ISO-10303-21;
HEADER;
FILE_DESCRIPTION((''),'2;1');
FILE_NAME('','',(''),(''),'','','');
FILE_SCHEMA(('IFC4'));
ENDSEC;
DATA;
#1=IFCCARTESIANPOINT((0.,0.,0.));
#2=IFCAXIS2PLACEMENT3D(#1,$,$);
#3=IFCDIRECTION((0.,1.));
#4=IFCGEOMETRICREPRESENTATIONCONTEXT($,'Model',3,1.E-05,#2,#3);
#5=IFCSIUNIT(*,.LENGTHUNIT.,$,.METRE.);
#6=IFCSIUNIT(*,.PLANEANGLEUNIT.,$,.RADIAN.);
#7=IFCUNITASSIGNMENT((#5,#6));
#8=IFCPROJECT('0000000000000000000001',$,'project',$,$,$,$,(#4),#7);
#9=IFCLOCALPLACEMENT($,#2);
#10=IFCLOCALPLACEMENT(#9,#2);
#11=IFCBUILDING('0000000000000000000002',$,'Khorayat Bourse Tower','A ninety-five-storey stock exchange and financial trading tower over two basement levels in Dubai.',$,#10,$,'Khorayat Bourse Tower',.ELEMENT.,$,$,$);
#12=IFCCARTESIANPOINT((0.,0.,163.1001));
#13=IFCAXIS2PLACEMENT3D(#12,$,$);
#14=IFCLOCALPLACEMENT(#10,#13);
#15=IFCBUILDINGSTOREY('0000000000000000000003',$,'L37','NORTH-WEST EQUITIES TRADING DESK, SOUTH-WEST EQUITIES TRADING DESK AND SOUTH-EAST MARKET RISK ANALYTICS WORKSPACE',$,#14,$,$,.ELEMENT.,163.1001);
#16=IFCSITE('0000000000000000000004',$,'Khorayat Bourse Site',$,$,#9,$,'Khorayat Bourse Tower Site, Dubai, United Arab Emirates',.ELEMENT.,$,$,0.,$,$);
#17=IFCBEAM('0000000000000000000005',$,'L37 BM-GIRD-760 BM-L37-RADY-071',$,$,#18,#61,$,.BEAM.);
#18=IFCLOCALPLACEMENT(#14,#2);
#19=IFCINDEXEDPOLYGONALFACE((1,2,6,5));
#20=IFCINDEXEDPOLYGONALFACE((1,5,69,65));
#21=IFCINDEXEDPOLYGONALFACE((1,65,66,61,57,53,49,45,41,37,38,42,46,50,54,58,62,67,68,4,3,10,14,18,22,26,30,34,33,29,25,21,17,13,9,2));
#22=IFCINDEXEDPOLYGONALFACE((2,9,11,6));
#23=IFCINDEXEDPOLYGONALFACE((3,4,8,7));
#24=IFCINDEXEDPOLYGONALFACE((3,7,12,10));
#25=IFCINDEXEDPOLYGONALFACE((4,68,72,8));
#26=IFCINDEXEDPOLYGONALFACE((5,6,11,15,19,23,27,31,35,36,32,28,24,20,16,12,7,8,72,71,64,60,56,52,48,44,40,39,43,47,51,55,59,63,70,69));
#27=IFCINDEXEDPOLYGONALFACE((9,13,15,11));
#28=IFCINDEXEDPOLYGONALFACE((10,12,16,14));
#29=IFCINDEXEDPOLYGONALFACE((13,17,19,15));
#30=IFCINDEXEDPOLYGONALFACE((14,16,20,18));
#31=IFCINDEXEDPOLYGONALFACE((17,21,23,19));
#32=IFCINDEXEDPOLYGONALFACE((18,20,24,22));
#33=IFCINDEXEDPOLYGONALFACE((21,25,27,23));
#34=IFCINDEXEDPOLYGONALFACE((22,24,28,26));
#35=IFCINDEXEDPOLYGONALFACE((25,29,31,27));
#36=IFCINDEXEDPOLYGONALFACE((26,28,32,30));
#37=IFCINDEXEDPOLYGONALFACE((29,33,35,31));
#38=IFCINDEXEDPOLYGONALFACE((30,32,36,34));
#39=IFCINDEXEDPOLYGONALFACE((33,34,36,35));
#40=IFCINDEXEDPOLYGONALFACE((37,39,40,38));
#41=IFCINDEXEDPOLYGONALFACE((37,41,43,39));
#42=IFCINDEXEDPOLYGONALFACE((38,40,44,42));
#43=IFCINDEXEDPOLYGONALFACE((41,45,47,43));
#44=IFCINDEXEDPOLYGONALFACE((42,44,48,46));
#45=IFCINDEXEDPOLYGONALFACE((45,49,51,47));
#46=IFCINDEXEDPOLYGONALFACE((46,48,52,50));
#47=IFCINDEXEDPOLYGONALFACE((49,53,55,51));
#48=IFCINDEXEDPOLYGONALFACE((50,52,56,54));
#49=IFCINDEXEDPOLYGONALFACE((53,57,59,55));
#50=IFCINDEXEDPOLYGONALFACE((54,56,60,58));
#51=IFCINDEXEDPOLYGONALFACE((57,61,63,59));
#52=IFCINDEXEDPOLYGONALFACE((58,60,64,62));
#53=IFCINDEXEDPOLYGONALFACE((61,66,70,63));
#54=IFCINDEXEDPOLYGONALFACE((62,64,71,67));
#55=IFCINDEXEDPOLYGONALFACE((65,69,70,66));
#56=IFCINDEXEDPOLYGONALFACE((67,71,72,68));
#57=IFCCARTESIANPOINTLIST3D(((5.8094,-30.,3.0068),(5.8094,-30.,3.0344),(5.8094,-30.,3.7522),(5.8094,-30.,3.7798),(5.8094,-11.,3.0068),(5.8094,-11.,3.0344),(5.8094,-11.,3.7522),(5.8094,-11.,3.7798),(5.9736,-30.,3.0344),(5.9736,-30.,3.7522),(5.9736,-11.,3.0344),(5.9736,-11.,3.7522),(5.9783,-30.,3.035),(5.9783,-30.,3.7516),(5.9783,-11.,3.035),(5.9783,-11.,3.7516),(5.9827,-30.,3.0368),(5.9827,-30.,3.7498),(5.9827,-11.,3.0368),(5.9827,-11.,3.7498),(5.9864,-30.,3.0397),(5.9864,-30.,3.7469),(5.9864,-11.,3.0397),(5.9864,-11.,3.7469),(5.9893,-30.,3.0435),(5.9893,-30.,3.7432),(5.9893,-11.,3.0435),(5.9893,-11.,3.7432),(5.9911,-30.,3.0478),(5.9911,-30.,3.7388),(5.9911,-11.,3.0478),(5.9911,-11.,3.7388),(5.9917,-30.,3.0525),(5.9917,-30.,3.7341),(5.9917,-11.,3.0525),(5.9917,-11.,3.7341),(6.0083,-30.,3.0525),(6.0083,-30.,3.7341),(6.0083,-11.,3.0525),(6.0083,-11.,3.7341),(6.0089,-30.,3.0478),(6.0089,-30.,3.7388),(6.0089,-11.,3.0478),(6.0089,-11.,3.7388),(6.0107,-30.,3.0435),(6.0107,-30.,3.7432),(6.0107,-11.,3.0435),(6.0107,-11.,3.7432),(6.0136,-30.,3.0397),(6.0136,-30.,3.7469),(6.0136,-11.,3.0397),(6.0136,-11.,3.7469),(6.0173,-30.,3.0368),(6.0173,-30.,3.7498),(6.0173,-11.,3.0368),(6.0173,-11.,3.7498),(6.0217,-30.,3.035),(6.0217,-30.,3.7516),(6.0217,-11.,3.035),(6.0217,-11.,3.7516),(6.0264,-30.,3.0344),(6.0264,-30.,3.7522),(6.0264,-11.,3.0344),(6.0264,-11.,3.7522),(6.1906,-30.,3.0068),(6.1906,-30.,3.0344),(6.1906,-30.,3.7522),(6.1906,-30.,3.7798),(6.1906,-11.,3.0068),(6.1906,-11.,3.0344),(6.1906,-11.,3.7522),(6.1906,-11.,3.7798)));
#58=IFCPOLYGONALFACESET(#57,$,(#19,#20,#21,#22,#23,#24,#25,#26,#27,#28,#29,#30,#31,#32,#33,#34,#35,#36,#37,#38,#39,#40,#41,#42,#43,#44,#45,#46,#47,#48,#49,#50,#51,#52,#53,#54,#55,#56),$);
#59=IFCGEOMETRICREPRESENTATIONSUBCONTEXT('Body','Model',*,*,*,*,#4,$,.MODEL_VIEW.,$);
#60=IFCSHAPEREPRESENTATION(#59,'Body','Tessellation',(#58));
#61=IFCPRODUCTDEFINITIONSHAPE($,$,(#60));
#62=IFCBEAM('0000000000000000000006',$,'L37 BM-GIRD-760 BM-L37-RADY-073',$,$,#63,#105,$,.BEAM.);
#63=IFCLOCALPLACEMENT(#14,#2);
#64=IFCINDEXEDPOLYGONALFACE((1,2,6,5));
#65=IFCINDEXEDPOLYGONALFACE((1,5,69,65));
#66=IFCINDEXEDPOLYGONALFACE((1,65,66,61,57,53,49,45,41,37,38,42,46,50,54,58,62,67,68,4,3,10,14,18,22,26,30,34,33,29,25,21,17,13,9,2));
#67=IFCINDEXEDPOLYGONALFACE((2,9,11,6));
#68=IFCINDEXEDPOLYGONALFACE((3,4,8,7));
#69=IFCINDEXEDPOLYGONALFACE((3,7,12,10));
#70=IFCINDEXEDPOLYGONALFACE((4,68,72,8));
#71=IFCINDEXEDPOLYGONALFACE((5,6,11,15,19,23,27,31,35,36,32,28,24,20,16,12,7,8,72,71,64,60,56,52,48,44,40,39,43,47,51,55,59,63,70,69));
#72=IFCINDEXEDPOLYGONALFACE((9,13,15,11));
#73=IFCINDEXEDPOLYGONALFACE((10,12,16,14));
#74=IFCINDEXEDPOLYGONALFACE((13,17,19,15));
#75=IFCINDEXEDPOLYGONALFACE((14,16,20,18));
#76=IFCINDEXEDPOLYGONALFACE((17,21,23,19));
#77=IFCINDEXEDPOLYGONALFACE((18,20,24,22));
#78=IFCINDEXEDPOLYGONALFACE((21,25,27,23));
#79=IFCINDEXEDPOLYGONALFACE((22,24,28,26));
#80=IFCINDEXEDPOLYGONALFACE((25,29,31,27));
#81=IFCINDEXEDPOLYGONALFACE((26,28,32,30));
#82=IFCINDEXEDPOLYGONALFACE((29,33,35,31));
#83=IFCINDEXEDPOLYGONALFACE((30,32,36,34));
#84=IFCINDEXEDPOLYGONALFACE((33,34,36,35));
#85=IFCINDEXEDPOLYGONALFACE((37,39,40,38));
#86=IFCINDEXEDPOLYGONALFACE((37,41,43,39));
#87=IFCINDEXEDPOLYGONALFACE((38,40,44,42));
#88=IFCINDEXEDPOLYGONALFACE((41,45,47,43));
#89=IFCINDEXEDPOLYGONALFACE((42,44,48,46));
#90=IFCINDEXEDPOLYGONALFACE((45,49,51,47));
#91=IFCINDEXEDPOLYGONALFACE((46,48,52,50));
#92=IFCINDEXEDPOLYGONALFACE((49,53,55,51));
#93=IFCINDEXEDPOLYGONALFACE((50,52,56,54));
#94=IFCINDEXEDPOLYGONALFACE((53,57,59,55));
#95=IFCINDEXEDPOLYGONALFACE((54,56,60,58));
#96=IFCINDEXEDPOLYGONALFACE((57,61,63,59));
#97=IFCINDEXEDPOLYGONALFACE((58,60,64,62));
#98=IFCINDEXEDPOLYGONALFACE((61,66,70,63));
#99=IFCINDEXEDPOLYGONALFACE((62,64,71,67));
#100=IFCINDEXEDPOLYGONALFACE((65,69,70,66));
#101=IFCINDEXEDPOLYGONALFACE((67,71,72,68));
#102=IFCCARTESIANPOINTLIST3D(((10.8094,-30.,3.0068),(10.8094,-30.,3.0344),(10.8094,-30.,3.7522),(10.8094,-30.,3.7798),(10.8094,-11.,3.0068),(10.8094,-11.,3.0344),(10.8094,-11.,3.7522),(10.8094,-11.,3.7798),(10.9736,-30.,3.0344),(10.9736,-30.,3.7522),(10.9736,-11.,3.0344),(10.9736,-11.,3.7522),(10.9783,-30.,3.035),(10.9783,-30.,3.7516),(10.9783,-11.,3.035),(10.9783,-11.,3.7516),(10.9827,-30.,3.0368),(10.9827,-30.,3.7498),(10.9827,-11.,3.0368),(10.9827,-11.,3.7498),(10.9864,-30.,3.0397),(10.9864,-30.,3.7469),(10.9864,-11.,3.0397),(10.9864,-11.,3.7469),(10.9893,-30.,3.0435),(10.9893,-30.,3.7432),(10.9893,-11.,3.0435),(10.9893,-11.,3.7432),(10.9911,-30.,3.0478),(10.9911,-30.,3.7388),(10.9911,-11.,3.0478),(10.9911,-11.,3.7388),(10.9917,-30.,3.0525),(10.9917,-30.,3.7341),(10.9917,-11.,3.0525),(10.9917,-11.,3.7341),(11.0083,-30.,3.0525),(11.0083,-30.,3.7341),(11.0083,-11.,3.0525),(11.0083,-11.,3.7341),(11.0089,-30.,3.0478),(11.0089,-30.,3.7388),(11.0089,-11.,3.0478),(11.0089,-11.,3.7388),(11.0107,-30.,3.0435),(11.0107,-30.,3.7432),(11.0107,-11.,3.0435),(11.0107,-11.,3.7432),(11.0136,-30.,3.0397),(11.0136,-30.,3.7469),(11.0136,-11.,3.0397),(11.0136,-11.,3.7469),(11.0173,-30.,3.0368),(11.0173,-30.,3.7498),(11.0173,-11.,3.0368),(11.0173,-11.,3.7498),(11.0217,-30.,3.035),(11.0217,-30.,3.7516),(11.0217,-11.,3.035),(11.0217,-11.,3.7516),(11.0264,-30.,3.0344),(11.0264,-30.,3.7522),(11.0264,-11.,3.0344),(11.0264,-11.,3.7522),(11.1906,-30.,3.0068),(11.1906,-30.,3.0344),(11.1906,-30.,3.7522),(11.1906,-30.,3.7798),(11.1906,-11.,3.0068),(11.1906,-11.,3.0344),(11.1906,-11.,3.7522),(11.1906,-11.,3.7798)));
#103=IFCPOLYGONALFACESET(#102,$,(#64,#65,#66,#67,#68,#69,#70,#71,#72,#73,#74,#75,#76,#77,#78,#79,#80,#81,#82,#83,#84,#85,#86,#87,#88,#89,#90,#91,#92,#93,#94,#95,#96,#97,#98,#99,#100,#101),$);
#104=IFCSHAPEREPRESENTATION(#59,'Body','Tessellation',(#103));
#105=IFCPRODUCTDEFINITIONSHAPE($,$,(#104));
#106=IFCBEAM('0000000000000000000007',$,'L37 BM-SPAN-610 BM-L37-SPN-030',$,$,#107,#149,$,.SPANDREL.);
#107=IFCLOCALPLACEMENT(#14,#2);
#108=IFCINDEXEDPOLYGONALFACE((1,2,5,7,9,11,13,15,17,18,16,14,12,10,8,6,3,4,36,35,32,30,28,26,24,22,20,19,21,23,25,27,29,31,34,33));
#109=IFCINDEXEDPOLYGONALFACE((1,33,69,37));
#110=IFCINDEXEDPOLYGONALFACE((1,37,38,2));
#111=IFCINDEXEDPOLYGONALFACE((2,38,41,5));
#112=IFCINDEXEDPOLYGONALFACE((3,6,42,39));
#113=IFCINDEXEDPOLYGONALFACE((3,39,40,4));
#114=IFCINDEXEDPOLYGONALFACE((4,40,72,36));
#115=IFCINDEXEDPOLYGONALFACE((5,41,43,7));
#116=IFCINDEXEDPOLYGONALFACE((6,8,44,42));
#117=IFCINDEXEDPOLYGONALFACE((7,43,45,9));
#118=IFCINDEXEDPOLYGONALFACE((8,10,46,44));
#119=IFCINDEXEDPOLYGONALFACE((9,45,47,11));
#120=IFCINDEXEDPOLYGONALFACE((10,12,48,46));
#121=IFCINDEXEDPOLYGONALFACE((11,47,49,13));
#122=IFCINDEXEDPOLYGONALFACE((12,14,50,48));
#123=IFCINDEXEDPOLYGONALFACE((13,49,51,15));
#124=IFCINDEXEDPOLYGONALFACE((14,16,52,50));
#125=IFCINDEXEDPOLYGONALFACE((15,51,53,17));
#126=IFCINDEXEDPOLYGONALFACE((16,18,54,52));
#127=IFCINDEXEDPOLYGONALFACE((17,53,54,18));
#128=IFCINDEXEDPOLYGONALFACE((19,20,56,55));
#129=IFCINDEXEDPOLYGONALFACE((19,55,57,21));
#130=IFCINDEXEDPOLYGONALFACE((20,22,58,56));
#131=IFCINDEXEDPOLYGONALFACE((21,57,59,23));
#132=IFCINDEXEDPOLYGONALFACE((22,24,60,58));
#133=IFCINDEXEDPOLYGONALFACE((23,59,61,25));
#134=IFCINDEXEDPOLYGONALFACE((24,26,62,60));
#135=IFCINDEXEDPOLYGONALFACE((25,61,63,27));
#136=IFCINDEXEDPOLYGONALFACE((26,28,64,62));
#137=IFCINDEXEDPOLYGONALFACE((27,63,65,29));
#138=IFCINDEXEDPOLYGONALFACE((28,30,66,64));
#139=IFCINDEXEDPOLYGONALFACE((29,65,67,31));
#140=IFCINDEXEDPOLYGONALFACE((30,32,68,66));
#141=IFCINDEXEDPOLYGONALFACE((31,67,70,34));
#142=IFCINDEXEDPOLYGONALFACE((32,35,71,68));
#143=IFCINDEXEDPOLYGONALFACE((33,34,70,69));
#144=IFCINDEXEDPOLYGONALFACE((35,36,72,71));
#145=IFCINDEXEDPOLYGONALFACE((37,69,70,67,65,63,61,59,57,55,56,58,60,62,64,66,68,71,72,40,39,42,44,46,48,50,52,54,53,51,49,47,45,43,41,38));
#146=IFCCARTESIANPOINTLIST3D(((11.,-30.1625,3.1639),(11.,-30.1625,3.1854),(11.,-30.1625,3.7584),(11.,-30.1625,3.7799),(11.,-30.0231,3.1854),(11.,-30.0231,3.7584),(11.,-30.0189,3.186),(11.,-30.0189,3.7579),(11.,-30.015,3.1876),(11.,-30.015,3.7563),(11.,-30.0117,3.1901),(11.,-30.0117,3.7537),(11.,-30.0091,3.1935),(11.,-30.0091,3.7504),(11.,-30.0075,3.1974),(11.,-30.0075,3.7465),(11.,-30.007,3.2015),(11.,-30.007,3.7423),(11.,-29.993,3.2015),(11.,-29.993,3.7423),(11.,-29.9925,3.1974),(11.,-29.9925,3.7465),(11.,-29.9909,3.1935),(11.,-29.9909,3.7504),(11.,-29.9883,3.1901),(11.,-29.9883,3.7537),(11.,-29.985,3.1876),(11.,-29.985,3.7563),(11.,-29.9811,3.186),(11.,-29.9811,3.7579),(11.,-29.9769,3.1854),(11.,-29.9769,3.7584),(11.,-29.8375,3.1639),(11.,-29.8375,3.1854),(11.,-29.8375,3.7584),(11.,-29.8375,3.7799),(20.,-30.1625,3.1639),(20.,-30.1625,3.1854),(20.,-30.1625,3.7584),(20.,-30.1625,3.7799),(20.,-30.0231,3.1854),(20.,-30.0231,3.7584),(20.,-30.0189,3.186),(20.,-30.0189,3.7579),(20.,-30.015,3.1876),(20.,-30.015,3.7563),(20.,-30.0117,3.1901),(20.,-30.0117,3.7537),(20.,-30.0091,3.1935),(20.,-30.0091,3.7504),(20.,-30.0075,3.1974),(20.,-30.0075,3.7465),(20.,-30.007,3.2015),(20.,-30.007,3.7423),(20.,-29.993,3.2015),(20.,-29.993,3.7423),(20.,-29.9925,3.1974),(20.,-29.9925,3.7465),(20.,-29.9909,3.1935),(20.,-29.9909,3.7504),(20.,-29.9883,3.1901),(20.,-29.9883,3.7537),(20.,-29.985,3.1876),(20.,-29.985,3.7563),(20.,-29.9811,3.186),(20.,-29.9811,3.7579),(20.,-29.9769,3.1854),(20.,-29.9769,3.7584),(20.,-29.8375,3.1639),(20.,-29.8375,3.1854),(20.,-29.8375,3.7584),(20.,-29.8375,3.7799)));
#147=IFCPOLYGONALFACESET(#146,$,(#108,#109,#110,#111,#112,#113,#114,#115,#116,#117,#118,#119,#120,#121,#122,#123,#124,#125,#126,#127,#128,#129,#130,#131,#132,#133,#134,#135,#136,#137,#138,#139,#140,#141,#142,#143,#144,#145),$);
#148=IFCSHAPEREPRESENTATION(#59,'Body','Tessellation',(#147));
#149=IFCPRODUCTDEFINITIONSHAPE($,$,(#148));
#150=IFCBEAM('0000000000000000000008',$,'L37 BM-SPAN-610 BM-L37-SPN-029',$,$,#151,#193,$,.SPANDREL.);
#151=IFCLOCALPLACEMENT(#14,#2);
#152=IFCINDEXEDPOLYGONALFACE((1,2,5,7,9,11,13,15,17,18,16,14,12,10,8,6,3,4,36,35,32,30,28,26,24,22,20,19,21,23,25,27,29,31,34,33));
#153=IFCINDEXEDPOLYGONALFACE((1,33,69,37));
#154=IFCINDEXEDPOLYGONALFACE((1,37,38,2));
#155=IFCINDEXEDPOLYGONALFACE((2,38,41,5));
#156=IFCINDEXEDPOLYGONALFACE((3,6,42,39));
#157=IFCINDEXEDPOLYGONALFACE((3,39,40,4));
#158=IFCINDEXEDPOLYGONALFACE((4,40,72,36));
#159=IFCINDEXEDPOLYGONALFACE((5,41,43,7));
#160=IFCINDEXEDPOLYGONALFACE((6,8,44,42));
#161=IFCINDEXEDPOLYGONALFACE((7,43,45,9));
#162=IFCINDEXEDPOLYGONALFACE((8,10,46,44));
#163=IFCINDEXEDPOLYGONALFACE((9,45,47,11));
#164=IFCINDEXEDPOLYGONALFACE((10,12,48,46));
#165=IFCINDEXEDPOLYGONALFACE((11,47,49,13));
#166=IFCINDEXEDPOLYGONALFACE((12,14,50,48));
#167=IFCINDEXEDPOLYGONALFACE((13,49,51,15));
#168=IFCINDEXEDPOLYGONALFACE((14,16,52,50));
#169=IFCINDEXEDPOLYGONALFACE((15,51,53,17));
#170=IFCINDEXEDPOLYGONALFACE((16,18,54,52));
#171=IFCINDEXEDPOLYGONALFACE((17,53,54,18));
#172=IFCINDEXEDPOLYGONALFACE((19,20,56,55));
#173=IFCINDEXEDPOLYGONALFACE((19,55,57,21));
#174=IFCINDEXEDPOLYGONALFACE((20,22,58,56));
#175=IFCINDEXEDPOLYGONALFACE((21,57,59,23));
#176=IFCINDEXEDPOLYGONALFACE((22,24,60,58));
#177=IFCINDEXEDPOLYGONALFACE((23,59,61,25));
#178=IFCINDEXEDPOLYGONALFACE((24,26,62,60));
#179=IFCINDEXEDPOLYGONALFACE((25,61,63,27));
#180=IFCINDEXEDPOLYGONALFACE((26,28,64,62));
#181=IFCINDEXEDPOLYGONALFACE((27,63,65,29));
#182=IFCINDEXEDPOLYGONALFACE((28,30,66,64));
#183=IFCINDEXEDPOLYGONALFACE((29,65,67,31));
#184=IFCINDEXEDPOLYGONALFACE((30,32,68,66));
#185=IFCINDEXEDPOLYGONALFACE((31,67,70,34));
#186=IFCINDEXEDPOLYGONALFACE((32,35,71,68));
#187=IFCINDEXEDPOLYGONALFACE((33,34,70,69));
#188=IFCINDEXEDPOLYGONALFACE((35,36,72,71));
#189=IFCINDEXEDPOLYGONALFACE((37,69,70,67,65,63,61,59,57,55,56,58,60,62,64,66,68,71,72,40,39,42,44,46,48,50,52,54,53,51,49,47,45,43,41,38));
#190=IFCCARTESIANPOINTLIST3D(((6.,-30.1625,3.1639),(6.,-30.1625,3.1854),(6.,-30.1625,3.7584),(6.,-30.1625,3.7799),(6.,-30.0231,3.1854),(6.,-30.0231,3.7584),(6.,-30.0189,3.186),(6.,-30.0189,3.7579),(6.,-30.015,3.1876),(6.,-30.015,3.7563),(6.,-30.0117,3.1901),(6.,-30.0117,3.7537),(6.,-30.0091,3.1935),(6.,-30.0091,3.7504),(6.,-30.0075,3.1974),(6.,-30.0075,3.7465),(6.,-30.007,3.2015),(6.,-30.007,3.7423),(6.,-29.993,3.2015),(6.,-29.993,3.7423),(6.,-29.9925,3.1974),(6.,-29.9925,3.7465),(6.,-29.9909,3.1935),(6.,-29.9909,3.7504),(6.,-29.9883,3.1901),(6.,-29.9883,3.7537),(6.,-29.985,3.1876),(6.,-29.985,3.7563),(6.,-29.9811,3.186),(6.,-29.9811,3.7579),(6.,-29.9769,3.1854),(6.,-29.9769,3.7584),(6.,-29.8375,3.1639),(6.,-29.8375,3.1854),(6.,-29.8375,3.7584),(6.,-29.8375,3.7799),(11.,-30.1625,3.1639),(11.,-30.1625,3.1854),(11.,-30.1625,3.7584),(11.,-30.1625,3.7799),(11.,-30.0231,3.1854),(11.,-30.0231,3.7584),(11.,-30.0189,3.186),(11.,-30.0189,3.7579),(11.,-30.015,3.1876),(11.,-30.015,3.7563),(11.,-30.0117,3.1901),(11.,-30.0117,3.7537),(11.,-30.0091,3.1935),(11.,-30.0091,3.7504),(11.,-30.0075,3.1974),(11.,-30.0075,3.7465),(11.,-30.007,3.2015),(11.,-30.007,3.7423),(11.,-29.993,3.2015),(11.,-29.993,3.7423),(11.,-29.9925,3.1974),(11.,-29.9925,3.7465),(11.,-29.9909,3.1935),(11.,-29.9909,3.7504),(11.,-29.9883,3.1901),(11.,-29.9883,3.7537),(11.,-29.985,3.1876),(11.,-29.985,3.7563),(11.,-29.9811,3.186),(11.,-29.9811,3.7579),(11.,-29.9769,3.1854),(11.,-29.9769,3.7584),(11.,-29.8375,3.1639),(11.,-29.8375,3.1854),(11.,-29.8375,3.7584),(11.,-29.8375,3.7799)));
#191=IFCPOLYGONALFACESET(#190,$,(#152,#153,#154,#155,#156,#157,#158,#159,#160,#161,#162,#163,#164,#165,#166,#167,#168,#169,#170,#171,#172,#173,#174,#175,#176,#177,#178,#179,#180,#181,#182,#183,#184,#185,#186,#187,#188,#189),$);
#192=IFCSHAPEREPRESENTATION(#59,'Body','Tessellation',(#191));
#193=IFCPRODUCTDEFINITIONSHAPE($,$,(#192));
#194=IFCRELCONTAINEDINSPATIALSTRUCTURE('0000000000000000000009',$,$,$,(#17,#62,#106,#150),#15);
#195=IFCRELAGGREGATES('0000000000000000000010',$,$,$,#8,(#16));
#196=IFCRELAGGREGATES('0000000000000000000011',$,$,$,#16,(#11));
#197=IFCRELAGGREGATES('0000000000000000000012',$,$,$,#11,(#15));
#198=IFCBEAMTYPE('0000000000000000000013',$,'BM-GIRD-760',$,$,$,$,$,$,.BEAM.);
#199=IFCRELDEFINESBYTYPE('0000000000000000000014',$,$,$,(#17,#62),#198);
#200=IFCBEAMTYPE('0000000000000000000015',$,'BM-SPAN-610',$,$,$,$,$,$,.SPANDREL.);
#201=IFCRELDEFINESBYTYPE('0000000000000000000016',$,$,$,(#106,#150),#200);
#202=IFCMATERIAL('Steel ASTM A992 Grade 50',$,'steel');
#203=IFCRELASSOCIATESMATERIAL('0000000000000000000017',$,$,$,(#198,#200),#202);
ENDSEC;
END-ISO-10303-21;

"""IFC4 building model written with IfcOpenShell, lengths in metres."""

from ifc_helpers import new_model, si_unit, direction, frame, origin, origin_2d, place, context, subcontext, project, spatial, i_section, extrude, source, transform, mapped, material, material_profile, profile_set, type_object, element, save


model = new_model("IFC4")

# Units and contexts
model_context = context("Model", 3, precision=1e-05, world=origin(), true_north=direction((0.0, 1.0)))
body_context = subcontext(model_context, "Body", "Model", "MODEL_VIEW")
ifc_project = project(units=[si_unit("LENGTHUNIT", "METRE"), si_unit("PLANEANGLEUNIT", "RADIAN")], contexts=[model_context])

# Site, building, storey
site_placement = place(None, origin())
site = spatial("IfcSite", under=ifc_project, at=site_placement, Name="Khorayat Bourse Site", LongName="Khorayat Bourse Tower Site, Dubai, United Arab Emirates", CompositionType="ELEMENT", RefElevation=0.0)
building_placement = place(site_placement, origin())
building = spatial("IfcBuilding", under=site, at=building_placement, Name="Khorayat Bourse Tower", Description="A ninety-five-storey stock exchange and financial trading tower over two basement levels in Dubai.", LongName="Khorayat Bourse Tower", CompositionType="ELEMENT")
storey_placement = place(building_placement, frame((0.0, 0.0, 163.1001)))
storey = spatial("IfcBuildingStorey", under=building, at=storey_placement, Name="L37", Description="NORTH-WEST EQUITIES TRADING DESK, SOUTH-WEST EQUITIES TRADING DESK AND SOUTH-EAST MARKET RISK ANALYTICS WORKSPACE", CompositionType="ELEMENT", Elevation=163.1001)

# Beams
ifc_material_1 = material(Name="Steel ASTM A992 Grade 50", Category="steel")
ifc_material_profile_1 = material_profile(ifc_material_1, i_section(OverallWidth=0.3811, OverallDepth=0.7729, WebThickness=0.0166, FlangeThickness=0.0276, FilletRadius=0.0181, at=origin_2d()), Name="W760X257")
ifc_profile_set_1 = profile_set([ifc_material_profile_1], Name="Steel ASTM A992 Grade 50")
beam_type_1 = type_object("IfcBeamType", Name="BM-GIRD-760", PredefinedType="BEAM", material=ifc_profile_set_1)
shared_shape_1 = source(origin(), body_context, "Body", "SweptSolid", [
    extrude(i_section(OverallWidth=0.3811, OverallDepth=0.7729, WebThickness=0.0166, FlangeThickness=0.0276, FilletRadius=0.0181, at=origin_2d()), origin(), (0.0, 0.0, 1.0), 19.0),
])
for number, where, z_axis, x_axis, name in (
    (1, (6.0, -30.0, 3.3933), (0.0, 1.0, 0.0), (-1.0, 0.0, 0.0), "L37 BM-GIRD-760 BM-L37-RADY-071"),
    (2, (11.0, -30.0, 3.3933), (0.0, 1.0, 0.0), (-1.0, 0.0, 0.0), "L37 BM-GIRD-760 BM-L37-RADY-073"),
):
    element("IfcBeam", number, at=place(storey_placement, frame(where, z_axis=z_axis, x_axis=x_axis)), inside=storey, type_object=beam_type_1, Name=name, PredefinedType="BEAM", context=body_context, shape_type="MappedRepresentation", body=[
        mapped(shared_shape_1, transform((0.0, 0.0, 0.0), scale=1.0)),
    ])
ifc_material_profile_2 = material_profile(ifc_material_1, i_section(OverallWidth=0.325, OverallDepth=0.616, WebThickness=0.0139, FlangeThickness=0.0215, FilletRadius=0.0161, at=origin_2d()), Name="W610X174")
ifc_profile_set_2 = profile_set([ifc_material_profile_2], Name="Steel ASTM A992 Grade 50")
beam_type_2 = type_object("IfcBeamType", Name="BM-SPAN-610", PredefinedType="SPANDREL", material=ifc_profile_set_2)
shared_shape_2 = source(origin(), body_context, "Body", "SweptSolid", [
    extrude(i_section(OverallWidth=0.325, OverallDepth=0.616, WebThickness=0.0139, FlangeThickness=0.0215, FilletRadius=0.0161, at=origin_2d()), origin(), (0.0, 0.0, 1.0), 9.0),
])
beam_1_placement = place(storey_placement, frame((11.0, -30.0, 3.4719), z_axis=(1.0, 0.0, 0.0), x_axis=(0.0, 1.0, 0.0)))
element("IfcBeam", 3, at=beam_1_placement, inside=storey, type_object=beam_type_2, Name="L37 BM-SPAN-610 BM-L37-SPN-030", PredefinedType="SPANDREL", context=body_context, shape_type="MappedRepresentation", body=[
    mapped(shared_shape_2, transform((0.0, 0.0, 0.0), scale=1.0)),
])
shared_shape_3 = source(origin(), body_context, "Body", "SweptSolid", [
    extrude(i_section(OverallWidth=0.325, OverallDepth=0.616, WebThickness=0.0139, FlangeThickness=0.0215, FilletRadius=0.0161, at=origin_2d()), origin(), (0.0, 0.0, 1.0), 5.0),
])
beam_2_placement = place(storey_placement, frame((6.0, -30.0, 3.4719), z_axis=(1.0, 0.0, 0.0), x_axis=(0.0, 1.0, 0.0)))
element("IfcBeam", 4, at=beam_2_placement, inside=storey, type_object=beam_type_2, Name="L37 BM-SPAN-610 BM-L37-SPN-029", PredefinedType="SPANDREL", context=body_context, shape_type="MappedRepresentation", body=[
    mapped(shared_shape_3, transform((0.0, 0.0, 0.0), scale=1.0)),
])

save(model, "model.ifc")
